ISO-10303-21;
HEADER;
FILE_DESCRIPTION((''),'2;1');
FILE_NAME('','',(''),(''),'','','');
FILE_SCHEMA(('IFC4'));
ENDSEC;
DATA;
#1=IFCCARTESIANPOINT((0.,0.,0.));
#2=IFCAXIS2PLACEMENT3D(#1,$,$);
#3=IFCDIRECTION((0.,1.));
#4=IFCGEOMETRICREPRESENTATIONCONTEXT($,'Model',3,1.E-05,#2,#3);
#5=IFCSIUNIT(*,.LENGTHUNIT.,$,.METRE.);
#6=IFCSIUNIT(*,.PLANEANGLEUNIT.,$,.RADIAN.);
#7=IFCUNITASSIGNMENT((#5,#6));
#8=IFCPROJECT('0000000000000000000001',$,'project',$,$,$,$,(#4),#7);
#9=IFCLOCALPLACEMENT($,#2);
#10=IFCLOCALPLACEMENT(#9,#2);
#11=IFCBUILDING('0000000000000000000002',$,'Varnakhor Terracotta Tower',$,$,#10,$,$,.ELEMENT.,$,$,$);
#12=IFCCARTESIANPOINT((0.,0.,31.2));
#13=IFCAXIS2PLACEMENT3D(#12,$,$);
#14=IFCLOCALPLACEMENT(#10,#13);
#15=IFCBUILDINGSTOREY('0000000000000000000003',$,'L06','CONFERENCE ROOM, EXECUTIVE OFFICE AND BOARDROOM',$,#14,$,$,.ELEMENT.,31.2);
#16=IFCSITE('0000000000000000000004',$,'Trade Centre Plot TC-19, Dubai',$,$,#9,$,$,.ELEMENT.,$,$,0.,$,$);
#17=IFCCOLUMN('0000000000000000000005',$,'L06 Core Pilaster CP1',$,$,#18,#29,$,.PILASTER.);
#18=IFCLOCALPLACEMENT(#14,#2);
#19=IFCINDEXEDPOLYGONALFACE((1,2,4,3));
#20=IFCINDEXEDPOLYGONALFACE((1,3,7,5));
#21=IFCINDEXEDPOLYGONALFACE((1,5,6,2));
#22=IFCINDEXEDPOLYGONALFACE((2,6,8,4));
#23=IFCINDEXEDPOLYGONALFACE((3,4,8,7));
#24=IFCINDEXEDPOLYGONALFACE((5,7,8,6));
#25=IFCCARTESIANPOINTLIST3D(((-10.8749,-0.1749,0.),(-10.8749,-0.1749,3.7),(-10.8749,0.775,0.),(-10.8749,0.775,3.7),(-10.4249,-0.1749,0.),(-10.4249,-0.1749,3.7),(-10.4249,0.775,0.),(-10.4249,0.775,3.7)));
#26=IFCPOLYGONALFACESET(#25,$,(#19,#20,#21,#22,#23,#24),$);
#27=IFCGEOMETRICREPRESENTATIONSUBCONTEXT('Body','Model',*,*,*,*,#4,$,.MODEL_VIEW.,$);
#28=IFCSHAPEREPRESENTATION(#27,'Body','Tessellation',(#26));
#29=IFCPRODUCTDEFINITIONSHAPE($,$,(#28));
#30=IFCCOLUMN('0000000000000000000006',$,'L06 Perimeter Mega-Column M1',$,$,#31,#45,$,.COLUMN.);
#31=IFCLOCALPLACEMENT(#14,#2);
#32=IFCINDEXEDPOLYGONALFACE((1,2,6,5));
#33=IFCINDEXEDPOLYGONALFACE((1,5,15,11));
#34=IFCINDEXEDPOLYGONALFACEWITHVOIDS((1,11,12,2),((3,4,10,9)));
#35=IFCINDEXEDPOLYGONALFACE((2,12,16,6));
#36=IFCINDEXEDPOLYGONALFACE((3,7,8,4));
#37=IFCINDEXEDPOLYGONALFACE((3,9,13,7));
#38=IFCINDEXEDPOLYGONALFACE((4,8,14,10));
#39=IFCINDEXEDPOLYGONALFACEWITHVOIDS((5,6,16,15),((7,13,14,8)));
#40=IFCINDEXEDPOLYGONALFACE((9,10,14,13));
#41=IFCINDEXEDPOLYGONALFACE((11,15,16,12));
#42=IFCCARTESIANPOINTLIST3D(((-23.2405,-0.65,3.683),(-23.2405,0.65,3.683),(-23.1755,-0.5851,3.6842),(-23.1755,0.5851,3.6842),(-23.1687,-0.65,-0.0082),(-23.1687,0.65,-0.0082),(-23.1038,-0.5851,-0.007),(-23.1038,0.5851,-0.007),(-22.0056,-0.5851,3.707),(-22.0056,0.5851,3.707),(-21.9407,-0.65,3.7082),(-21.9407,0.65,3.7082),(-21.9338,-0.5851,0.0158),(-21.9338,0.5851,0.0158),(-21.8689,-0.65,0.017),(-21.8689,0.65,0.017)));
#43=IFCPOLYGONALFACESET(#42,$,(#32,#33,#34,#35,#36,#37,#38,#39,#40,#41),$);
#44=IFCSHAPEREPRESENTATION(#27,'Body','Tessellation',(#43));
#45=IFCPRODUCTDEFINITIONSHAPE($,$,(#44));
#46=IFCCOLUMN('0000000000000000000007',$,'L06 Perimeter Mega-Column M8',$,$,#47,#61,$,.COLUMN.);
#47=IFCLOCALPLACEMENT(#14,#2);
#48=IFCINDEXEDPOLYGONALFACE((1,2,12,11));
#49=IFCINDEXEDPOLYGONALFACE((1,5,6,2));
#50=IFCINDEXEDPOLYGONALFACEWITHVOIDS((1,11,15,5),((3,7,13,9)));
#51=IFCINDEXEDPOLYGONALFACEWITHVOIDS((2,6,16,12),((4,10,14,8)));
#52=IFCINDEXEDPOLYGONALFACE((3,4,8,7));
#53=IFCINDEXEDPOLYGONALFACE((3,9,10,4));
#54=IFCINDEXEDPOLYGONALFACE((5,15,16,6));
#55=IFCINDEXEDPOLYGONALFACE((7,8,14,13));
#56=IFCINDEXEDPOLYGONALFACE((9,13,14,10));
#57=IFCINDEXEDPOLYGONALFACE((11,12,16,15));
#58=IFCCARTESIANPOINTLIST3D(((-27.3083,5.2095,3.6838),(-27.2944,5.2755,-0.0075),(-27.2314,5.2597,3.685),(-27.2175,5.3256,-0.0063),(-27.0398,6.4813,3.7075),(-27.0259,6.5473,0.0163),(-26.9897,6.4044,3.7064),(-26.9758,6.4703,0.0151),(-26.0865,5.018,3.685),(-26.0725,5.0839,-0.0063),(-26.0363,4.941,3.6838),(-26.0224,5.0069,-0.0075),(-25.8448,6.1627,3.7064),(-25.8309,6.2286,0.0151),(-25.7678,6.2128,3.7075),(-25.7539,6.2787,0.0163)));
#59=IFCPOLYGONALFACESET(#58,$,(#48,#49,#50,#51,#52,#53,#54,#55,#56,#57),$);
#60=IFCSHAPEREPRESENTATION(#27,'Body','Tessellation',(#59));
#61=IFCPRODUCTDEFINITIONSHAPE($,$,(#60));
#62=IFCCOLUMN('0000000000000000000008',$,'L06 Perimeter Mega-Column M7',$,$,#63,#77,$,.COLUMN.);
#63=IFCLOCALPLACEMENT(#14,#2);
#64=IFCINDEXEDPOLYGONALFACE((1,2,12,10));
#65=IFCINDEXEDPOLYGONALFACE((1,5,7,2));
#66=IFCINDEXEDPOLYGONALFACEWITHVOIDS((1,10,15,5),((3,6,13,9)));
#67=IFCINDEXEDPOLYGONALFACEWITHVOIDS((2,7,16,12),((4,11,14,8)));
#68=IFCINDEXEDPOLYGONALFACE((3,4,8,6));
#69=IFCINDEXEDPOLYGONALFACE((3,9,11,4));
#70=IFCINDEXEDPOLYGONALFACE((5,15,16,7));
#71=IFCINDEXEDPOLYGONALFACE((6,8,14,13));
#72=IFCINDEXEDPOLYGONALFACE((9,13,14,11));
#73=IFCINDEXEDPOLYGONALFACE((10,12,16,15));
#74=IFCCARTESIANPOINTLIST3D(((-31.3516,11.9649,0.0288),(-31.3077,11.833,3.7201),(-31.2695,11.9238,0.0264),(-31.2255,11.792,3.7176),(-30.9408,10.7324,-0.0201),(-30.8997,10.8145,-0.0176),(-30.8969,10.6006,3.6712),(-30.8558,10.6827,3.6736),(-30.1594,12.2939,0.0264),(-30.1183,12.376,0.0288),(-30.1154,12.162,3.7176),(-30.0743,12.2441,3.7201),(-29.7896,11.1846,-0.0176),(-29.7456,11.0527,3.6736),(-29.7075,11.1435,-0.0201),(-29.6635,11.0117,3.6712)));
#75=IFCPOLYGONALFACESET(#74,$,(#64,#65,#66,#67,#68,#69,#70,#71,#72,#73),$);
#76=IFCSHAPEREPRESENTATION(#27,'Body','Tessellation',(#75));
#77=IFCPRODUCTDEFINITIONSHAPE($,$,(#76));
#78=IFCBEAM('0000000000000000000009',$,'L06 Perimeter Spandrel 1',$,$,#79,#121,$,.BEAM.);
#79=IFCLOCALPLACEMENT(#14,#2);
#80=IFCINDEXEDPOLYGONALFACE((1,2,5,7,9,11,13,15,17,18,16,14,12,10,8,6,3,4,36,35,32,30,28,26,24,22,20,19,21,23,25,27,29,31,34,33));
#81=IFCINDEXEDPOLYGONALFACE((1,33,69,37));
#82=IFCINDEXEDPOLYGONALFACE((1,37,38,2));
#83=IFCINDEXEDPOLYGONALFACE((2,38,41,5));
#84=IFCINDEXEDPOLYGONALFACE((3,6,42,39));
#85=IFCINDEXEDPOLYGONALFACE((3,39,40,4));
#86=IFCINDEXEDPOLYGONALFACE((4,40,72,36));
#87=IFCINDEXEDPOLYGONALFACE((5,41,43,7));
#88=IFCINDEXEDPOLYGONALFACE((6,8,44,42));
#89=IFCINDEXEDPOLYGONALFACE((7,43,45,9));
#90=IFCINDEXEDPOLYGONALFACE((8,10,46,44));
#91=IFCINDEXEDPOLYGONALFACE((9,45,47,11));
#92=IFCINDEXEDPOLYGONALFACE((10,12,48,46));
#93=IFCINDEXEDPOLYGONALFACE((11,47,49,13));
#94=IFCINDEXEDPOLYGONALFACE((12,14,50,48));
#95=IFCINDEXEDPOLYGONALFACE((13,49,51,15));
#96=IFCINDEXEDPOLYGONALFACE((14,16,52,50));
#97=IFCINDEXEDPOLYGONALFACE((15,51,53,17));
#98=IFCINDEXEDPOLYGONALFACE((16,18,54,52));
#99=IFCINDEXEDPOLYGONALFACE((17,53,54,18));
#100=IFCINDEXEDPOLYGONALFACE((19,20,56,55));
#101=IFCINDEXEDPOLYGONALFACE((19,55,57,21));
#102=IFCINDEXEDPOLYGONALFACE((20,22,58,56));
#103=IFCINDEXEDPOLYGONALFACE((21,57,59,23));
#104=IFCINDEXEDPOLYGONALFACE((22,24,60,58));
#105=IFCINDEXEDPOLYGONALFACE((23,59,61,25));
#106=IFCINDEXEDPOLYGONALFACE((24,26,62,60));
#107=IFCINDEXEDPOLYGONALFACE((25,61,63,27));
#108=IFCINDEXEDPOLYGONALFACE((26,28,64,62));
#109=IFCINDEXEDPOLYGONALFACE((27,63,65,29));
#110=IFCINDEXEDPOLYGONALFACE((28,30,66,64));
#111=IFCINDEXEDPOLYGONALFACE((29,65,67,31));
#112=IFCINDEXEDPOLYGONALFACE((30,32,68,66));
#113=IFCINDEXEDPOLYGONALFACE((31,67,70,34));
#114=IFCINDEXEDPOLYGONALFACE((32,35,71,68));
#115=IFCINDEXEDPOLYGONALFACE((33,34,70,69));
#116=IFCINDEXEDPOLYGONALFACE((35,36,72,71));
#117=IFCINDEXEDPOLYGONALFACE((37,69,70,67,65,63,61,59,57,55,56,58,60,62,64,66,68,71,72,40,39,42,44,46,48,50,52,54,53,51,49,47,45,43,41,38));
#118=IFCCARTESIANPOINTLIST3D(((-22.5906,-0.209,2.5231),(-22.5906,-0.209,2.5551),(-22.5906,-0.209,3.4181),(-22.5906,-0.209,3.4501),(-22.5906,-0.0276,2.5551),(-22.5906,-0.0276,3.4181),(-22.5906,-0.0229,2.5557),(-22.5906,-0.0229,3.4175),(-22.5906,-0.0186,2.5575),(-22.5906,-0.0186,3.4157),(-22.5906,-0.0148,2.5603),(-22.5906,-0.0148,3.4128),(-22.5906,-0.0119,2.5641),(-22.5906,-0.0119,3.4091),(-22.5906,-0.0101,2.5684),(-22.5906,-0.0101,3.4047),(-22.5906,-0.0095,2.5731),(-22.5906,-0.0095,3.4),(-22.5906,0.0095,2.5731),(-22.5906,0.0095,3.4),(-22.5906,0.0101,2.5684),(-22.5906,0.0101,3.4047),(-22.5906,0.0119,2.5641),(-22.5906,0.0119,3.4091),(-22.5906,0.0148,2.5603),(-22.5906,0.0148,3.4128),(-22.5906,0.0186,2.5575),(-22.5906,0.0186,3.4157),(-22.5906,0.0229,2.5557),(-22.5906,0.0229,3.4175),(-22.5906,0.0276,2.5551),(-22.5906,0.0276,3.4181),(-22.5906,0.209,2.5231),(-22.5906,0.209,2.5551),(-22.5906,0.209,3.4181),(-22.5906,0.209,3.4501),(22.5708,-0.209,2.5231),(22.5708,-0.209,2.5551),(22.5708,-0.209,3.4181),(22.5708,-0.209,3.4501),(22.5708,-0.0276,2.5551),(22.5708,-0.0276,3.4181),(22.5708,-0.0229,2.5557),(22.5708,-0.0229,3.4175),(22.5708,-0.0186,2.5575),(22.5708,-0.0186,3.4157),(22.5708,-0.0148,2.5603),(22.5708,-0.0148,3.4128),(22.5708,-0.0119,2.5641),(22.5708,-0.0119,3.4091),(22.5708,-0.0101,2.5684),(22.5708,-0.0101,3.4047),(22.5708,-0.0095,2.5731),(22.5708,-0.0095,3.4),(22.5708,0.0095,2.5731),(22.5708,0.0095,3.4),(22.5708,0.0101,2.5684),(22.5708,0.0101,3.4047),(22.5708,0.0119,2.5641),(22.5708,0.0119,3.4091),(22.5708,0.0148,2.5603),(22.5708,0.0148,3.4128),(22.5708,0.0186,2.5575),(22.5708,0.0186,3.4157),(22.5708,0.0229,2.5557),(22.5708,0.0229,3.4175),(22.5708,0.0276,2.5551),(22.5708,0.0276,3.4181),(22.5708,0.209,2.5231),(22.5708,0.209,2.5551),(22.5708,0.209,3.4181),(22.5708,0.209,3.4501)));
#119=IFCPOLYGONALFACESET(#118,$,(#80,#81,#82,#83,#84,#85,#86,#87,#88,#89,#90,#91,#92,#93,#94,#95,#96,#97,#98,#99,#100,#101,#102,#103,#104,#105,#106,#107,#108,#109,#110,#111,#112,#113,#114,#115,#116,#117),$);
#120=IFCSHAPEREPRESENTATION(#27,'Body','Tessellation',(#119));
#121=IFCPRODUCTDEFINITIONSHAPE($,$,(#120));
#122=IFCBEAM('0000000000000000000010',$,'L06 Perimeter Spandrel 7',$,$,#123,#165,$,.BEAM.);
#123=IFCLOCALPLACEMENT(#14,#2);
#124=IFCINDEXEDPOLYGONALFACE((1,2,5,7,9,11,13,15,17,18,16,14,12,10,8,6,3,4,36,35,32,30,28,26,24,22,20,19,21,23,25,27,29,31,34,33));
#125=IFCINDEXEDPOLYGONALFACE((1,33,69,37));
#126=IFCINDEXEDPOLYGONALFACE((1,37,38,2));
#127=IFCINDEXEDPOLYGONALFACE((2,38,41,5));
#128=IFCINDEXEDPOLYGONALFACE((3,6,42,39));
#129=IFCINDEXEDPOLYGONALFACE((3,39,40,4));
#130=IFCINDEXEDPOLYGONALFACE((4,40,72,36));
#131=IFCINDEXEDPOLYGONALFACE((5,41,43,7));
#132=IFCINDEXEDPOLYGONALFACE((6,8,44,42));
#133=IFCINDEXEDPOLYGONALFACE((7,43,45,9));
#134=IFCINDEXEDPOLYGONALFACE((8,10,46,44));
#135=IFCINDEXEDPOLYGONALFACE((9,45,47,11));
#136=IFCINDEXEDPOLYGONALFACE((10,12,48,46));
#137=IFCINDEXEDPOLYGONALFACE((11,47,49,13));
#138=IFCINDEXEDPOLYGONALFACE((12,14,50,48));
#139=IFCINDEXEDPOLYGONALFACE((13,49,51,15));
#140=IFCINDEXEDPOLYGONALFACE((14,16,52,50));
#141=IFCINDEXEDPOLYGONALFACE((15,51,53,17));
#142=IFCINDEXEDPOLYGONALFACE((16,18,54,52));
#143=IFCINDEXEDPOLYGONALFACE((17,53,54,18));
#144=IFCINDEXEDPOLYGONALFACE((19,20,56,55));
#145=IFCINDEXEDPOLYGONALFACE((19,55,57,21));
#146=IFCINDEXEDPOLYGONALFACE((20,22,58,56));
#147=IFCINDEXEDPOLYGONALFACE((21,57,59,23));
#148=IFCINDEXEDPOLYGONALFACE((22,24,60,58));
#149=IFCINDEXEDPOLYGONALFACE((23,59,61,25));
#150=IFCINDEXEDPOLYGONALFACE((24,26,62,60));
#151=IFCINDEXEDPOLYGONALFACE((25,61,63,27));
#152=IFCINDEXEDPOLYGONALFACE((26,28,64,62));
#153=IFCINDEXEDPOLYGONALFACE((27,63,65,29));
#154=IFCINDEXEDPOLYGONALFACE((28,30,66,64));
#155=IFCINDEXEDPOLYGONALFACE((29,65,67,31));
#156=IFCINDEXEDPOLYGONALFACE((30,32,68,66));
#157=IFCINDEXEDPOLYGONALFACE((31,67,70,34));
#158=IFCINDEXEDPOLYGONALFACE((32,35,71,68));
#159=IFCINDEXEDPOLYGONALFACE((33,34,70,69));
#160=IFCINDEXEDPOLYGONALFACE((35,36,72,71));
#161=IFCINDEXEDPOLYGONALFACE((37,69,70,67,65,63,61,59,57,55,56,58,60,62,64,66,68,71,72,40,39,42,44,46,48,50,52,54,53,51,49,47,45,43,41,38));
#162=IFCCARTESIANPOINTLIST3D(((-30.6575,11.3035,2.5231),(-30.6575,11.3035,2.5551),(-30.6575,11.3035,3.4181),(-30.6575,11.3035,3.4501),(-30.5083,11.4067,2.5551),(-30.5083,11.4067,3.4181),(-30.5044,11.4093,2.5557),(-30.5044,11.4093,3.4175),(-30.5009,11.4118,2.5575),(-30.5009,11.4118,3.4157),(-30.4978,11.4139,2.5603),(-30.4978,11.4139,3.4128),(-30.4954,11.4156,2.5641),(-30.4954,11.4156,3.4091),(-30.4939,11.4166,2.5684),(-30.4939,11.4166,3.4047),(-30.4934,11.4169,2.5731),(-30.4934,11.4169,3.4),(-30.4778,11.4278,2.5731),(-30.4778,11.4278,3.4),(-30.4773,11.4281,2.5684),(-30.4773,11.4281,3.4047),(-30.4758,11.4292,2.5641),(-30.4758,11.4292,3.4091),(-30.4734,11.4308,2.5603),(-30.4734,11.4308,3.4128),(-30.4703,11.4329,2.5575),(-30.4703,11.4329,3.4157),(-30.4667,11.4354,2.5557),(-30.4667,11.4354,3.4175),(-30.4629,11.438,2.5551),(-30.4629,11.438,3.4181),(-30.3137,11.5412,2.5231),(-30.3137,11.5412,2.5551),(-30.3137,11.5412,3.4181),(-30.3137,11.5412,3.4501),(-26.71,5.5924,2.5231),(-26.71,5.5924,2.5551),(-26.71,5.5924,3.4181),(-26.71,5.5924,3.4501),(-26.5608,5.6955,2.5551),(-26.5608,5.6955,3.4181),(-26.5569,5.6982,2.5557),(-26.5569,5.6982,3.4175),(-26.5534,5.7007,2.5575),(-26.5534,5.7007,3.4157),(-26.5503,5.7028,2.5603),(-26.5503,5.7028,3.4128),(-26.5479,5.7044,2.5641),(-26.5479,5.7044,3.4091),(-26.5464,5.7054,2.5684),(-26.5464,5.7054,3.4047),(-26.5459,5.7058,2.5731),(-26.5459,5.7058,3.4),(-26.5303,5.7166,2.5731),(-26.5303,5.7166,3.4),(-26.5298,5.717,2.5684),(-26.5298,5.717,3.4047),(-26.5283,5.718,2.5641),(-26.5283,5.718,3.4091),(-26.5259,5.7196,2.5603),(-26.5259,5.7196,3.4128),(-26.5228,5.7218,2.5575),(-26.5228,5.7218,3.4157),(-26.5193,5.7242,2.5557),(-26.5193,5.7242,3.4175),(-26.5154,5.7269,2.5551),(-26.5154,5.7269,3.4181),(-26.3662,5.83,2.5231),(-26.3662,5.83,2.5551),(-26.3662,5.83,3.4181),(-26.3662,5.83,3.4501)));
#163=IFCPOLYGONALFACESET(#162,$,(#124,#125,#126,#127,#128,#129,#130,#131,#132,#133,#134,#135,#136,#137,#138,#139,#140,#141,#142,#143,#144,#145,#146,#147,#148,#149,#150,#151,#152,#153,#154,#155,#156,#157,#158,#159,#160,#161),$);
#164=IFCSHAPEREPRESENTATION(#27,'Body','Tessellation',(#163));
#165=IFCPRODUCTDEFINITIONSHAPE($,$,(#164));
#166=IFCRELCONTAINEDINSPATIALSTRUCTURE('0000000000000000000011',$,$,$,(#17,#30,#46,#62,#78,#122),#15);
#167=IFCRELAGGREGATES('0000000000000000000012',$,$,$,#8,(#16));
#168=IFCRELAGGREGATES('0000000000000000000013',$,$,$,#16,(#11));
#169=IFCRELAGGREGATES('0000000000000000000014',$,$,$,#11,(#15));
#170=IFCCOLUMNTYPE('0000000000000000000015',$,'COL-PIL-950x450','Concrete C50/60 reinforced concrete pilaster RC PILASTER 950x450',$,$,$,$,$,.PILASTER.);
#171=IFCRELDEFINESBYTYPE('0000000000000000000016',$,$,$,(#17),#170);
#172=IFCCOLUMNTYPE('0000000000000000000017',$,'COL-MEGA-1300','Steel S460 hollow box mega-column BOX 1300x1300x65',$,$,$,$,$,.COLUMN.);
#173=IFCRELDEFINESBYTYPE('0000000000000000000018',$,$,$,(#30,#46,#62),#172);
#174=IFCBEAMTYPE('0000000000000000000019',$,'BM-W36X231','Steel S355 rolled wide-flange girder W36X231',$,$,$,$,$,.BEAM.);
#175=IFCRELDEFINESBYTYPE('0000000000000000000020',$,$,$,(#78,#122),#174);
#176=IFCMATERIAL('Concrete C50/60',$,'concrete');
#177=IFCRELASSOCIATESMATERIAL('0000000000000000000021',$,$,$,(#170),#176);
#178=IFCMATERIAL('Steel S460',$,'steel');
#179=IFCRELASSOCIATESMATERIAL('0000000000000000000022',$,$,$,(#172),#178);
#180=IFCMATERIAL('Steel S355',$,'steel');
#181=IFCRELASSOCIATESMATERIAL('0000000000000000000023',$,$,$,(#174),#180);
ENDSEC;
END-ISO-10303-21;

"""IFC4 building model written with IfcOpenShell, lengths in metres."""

from ifc_helpers import new_model, si_unit, direction, frame, origin, origin_2d, place, context, subcontext, project, spatial, rectangle, hollow_rectangle, i_section, extrude, source, transform, mapped, material, material_profile, profile_set, type_object, type_shapes, element, save


model = new_model("IFC4")

# Units and contexts
model_context = context("Model", 3, precision=1e-05, world=origin(), true_north=direction((0.0, 1.0)))
body_context = subcontext(model_context, "Body", "Model", "MODEL_VIEW")
ifc_project = project(units=[si_unit("LENGTHUNIT", "METRE"), si_unit("PLANEANGLEUNIT", "RADIAN")], contexts=[model_context])

# Site, building, storey
site_placement = place(None, origin())
site = spatial("IfcSite", under=ifc_project, at=site_placement, Name="Trade Centre Plot TC-19, Dubai", CompositionType="ELEMENT", RefElevation=0.0)
building_placement = place(site_placement, origin())
building = spatial("IfcBuilding", under=site, at=building_placement, Name="Varnakhor Terracotta Tower", CompositionType="ELEMENT")
storey_placement = place(building_placement, frame((0.0, 0.0, 31.2)))
storey = spatial("IfcBuildingStorey", under=building, at=storey_placement, Name="L06", Description="CONFERENCE ROOM, EXECUTIVE OFFICE AND BOARDROOM", CompositionType="ELEMENT", Elevation=31.2)

# Columns
ifc_material_1 = material(Name="Concrete C50/60", Category="concrete")
ifc_material_profile_1 = material_profile(ifc_material_1, rectangle(XDim=0.45, YDim=0.95, at=origin_2d()), Name="RC PILASTER 950x450")
ifc_profile_set_1 = profile_set([ifc_material_profile_1], Name="Concrete C50/60")
column_type_1 = type_object("IfcColumnType", Name="COL-PIL-950x450", Description="Concrete C50/60 reinforced concrete pilaster RC PILASTER 950x450", PredefinedType="PILASTER", material=ifc_profile_set_1)
shared_shape_1 = source(origin(), body_context, "Body", "SweptSolid", [
    extrude(rectangle(XDim=0.45, YDim=0.95, at=origin_2d()), origin(), (0.0, 0.0, 1.0), 3.7),
])
column_1_placement = place(storey_placement, frame((-10.6499, 0.3, 0.0), z_axis=(0.0, 0.0, 1.0), x_axis=(1.0, 0.0, 0.0)))
element("IfcColumn", 1, at=column_1_placement, inside=storey, type_object=column_type_1, Name="L06 Core Pilaster CP1", PredefinedType="PILASTER", context=body_context, shape_type="MappedRepresentation", body=[
    mapped(shared_shape_1, transform((0.0, 0.0, 0.0), scale=1.0)),
])
ifc_material_2 = material(Name="Steel S460", Category="steel")
ifc_material_profile_2 = material_profile(ifc_material_2, hollow_rectangle(XDim=1.3, YDim=1.3, WallThickness=0.0649, at=origin_2d()), Name="BOX 1300x1300x65")
ifc_profile_set_2 = profile_set([ifc_material_profile_2], Name="Steel S460")
column_type_2 = type_object("IfcColumnType", Name="COL-MEGA-1300", Description="Steel S460 hollow box mega-column BOX 1300x1300x65", PredefinedType="COLUMN", material=ifc_profile_set_2)
shared_shape_2 = source(origin(), body_context, "Body", "SweptSolid", [
    extrude(hollow_rectangle(XDim=1.3, YDim=1.3, WallThickness=0.0649, at=origin_2d()), origin(), (0.0, 0.0, 1.0), 3.6919),
])
type_shapes(column_type_2, [shared_shape_2])
for number, where, z_axis, x_axis, name in (
    (2, (-22.5188, 0.0, 0.0044), (-0.019442, 0.0, 0.999811), (0.0, -1.0, 0.0), "L06 Perimeter Mega-Column M1"),
    (3, (-26.5242, 5.7771, 0.0044), (-0.003769, -0.017855, 0.999833), (0.978434, -0.206558, 0.0), "L06 Perimeter Mega-Column M8"),
):
    element("IfcColumn", number, at=place(storey_placement, frame(where, z_axis=z_axis, x_axis=x_axis)), inside=storey, type_object=column_type_2, Name=name, PredefinedType="COLUMN", context=body_context, shape_type="MappedRepresentation", body=[
        mapped(shared_shape_2, transform((0.0, 0.0, 0.0), scale=1.0)),
    ])
shared_shape_3 = source(origin(), body_context, "Body", "SweptSolid", [
    extrude(hollow_rectangle(XDim=1.3, YDim=1.3, WallThickness=0.0649, at=origin_2d()), origin(), (0.0, 0.0, 1.0), 3.6938),
])
column_2_placement = place(storey_placement, frame((-30.5295, 11.5542, 0.0044), z_axis=(0.011897, -0.035691, 0.999292), x_axis=(0.948683, 0.316228, 0.0)))
element("IfcColumn", 4, at=column_2_placement, inside=storey, type_object=column_type_2, Name="L06 Perimeter Mega-Column M7", PredefinedType="COLUMN", context=body_context, shape_type="MappedRepresentation", body=[
    mapped(shared_shape_3, transform((0.0, 0.0, 0.0), scale=1.0)),
])

# Beams
ifc_material_3 = material(Name="Steel S355", Category="steel")
ifc_material_profile_3 = material_profile(ifc_material_3, i_section(OverallWidth=0.418, OverallDepth=0.927, WebThickness=0.019, FlangeThickness=0.032, FilletRadius=0.0181, at=origin_2d()), Name="W36X231")
ifc_profile_set_3 = profile_set([ifc_material_profile_3], Name="Steel S355")
beam_type_1 = type_object("IfcBeamType", Name="BM-W36X231", Description="Steel S355 rolled wide-flange girder W36X231", PredefinedType="BEAM", material=ifc_profile_set_3)
shared_shape_4 = source(origin(), body_context, "Body", "SweptSolid", [
    extrude(i_section(OverallWidth=0.418, OverallDepth=0.927, WebThickness=0.019, FlangeThickness=0.032, FilletRadius=0.0181, at=origin_2d()), origin(), (0.0, 0.0, 1.0), 45.1614),
])
beam_1_placement = place(storey_placement, frame((-22.5906, 0.0, 2.9866), z_axis=(1.0, 0.0, 0.0), x_axis=(0.0, 1.0, 0.0)))
element("IfcBeam", 5, at=beam_1_placement, inside=storey, type_object=beam_type_1, Name="L06 Perimeter Spandrel 1", PredefinedType="BEAM", context=body_context, shape_type="MappedRepresentation", body=[
    mapped(shared_shape_4, transform((0.0, 0.0, 0.0), scale=1.0)),
])
shared_shape_5 = source(origin(), body_context, "Body", "SweptSolid", [
    extrude(i_section(OverallWidth=0.418, OverallDepth=0.927, WebThickness=0.019, FlangeThickness=0.032, FilletRadius=0.0181, at=origin_2d()), origin(), (0.0, 0.0, 1.0), 6.9426),
])
for number, where, z_axis, x_axis, name in (
    (6, (-30.4856, 11.4224, 2.9866), (0.568588, -0.822622, 0.0), (0.822622, 0.568588, 0.0), "L06 Perimeter Spandrel 7"),
):
    element("IfcBeam", number, at=place(storey_placement, frame(where, z_axis=z_axis, x_axis=x_axis)), inside=storey, type_object=beam_type_1, Name=name, PredefinedType="BEAM", context=body_context, shape_type="MappedRepresentation", body=[
        mapped(shared_shape_5, transform((0.0, 0.0, 0.0), scale=1.0)),
    ])

save(model, "model.ifc")
